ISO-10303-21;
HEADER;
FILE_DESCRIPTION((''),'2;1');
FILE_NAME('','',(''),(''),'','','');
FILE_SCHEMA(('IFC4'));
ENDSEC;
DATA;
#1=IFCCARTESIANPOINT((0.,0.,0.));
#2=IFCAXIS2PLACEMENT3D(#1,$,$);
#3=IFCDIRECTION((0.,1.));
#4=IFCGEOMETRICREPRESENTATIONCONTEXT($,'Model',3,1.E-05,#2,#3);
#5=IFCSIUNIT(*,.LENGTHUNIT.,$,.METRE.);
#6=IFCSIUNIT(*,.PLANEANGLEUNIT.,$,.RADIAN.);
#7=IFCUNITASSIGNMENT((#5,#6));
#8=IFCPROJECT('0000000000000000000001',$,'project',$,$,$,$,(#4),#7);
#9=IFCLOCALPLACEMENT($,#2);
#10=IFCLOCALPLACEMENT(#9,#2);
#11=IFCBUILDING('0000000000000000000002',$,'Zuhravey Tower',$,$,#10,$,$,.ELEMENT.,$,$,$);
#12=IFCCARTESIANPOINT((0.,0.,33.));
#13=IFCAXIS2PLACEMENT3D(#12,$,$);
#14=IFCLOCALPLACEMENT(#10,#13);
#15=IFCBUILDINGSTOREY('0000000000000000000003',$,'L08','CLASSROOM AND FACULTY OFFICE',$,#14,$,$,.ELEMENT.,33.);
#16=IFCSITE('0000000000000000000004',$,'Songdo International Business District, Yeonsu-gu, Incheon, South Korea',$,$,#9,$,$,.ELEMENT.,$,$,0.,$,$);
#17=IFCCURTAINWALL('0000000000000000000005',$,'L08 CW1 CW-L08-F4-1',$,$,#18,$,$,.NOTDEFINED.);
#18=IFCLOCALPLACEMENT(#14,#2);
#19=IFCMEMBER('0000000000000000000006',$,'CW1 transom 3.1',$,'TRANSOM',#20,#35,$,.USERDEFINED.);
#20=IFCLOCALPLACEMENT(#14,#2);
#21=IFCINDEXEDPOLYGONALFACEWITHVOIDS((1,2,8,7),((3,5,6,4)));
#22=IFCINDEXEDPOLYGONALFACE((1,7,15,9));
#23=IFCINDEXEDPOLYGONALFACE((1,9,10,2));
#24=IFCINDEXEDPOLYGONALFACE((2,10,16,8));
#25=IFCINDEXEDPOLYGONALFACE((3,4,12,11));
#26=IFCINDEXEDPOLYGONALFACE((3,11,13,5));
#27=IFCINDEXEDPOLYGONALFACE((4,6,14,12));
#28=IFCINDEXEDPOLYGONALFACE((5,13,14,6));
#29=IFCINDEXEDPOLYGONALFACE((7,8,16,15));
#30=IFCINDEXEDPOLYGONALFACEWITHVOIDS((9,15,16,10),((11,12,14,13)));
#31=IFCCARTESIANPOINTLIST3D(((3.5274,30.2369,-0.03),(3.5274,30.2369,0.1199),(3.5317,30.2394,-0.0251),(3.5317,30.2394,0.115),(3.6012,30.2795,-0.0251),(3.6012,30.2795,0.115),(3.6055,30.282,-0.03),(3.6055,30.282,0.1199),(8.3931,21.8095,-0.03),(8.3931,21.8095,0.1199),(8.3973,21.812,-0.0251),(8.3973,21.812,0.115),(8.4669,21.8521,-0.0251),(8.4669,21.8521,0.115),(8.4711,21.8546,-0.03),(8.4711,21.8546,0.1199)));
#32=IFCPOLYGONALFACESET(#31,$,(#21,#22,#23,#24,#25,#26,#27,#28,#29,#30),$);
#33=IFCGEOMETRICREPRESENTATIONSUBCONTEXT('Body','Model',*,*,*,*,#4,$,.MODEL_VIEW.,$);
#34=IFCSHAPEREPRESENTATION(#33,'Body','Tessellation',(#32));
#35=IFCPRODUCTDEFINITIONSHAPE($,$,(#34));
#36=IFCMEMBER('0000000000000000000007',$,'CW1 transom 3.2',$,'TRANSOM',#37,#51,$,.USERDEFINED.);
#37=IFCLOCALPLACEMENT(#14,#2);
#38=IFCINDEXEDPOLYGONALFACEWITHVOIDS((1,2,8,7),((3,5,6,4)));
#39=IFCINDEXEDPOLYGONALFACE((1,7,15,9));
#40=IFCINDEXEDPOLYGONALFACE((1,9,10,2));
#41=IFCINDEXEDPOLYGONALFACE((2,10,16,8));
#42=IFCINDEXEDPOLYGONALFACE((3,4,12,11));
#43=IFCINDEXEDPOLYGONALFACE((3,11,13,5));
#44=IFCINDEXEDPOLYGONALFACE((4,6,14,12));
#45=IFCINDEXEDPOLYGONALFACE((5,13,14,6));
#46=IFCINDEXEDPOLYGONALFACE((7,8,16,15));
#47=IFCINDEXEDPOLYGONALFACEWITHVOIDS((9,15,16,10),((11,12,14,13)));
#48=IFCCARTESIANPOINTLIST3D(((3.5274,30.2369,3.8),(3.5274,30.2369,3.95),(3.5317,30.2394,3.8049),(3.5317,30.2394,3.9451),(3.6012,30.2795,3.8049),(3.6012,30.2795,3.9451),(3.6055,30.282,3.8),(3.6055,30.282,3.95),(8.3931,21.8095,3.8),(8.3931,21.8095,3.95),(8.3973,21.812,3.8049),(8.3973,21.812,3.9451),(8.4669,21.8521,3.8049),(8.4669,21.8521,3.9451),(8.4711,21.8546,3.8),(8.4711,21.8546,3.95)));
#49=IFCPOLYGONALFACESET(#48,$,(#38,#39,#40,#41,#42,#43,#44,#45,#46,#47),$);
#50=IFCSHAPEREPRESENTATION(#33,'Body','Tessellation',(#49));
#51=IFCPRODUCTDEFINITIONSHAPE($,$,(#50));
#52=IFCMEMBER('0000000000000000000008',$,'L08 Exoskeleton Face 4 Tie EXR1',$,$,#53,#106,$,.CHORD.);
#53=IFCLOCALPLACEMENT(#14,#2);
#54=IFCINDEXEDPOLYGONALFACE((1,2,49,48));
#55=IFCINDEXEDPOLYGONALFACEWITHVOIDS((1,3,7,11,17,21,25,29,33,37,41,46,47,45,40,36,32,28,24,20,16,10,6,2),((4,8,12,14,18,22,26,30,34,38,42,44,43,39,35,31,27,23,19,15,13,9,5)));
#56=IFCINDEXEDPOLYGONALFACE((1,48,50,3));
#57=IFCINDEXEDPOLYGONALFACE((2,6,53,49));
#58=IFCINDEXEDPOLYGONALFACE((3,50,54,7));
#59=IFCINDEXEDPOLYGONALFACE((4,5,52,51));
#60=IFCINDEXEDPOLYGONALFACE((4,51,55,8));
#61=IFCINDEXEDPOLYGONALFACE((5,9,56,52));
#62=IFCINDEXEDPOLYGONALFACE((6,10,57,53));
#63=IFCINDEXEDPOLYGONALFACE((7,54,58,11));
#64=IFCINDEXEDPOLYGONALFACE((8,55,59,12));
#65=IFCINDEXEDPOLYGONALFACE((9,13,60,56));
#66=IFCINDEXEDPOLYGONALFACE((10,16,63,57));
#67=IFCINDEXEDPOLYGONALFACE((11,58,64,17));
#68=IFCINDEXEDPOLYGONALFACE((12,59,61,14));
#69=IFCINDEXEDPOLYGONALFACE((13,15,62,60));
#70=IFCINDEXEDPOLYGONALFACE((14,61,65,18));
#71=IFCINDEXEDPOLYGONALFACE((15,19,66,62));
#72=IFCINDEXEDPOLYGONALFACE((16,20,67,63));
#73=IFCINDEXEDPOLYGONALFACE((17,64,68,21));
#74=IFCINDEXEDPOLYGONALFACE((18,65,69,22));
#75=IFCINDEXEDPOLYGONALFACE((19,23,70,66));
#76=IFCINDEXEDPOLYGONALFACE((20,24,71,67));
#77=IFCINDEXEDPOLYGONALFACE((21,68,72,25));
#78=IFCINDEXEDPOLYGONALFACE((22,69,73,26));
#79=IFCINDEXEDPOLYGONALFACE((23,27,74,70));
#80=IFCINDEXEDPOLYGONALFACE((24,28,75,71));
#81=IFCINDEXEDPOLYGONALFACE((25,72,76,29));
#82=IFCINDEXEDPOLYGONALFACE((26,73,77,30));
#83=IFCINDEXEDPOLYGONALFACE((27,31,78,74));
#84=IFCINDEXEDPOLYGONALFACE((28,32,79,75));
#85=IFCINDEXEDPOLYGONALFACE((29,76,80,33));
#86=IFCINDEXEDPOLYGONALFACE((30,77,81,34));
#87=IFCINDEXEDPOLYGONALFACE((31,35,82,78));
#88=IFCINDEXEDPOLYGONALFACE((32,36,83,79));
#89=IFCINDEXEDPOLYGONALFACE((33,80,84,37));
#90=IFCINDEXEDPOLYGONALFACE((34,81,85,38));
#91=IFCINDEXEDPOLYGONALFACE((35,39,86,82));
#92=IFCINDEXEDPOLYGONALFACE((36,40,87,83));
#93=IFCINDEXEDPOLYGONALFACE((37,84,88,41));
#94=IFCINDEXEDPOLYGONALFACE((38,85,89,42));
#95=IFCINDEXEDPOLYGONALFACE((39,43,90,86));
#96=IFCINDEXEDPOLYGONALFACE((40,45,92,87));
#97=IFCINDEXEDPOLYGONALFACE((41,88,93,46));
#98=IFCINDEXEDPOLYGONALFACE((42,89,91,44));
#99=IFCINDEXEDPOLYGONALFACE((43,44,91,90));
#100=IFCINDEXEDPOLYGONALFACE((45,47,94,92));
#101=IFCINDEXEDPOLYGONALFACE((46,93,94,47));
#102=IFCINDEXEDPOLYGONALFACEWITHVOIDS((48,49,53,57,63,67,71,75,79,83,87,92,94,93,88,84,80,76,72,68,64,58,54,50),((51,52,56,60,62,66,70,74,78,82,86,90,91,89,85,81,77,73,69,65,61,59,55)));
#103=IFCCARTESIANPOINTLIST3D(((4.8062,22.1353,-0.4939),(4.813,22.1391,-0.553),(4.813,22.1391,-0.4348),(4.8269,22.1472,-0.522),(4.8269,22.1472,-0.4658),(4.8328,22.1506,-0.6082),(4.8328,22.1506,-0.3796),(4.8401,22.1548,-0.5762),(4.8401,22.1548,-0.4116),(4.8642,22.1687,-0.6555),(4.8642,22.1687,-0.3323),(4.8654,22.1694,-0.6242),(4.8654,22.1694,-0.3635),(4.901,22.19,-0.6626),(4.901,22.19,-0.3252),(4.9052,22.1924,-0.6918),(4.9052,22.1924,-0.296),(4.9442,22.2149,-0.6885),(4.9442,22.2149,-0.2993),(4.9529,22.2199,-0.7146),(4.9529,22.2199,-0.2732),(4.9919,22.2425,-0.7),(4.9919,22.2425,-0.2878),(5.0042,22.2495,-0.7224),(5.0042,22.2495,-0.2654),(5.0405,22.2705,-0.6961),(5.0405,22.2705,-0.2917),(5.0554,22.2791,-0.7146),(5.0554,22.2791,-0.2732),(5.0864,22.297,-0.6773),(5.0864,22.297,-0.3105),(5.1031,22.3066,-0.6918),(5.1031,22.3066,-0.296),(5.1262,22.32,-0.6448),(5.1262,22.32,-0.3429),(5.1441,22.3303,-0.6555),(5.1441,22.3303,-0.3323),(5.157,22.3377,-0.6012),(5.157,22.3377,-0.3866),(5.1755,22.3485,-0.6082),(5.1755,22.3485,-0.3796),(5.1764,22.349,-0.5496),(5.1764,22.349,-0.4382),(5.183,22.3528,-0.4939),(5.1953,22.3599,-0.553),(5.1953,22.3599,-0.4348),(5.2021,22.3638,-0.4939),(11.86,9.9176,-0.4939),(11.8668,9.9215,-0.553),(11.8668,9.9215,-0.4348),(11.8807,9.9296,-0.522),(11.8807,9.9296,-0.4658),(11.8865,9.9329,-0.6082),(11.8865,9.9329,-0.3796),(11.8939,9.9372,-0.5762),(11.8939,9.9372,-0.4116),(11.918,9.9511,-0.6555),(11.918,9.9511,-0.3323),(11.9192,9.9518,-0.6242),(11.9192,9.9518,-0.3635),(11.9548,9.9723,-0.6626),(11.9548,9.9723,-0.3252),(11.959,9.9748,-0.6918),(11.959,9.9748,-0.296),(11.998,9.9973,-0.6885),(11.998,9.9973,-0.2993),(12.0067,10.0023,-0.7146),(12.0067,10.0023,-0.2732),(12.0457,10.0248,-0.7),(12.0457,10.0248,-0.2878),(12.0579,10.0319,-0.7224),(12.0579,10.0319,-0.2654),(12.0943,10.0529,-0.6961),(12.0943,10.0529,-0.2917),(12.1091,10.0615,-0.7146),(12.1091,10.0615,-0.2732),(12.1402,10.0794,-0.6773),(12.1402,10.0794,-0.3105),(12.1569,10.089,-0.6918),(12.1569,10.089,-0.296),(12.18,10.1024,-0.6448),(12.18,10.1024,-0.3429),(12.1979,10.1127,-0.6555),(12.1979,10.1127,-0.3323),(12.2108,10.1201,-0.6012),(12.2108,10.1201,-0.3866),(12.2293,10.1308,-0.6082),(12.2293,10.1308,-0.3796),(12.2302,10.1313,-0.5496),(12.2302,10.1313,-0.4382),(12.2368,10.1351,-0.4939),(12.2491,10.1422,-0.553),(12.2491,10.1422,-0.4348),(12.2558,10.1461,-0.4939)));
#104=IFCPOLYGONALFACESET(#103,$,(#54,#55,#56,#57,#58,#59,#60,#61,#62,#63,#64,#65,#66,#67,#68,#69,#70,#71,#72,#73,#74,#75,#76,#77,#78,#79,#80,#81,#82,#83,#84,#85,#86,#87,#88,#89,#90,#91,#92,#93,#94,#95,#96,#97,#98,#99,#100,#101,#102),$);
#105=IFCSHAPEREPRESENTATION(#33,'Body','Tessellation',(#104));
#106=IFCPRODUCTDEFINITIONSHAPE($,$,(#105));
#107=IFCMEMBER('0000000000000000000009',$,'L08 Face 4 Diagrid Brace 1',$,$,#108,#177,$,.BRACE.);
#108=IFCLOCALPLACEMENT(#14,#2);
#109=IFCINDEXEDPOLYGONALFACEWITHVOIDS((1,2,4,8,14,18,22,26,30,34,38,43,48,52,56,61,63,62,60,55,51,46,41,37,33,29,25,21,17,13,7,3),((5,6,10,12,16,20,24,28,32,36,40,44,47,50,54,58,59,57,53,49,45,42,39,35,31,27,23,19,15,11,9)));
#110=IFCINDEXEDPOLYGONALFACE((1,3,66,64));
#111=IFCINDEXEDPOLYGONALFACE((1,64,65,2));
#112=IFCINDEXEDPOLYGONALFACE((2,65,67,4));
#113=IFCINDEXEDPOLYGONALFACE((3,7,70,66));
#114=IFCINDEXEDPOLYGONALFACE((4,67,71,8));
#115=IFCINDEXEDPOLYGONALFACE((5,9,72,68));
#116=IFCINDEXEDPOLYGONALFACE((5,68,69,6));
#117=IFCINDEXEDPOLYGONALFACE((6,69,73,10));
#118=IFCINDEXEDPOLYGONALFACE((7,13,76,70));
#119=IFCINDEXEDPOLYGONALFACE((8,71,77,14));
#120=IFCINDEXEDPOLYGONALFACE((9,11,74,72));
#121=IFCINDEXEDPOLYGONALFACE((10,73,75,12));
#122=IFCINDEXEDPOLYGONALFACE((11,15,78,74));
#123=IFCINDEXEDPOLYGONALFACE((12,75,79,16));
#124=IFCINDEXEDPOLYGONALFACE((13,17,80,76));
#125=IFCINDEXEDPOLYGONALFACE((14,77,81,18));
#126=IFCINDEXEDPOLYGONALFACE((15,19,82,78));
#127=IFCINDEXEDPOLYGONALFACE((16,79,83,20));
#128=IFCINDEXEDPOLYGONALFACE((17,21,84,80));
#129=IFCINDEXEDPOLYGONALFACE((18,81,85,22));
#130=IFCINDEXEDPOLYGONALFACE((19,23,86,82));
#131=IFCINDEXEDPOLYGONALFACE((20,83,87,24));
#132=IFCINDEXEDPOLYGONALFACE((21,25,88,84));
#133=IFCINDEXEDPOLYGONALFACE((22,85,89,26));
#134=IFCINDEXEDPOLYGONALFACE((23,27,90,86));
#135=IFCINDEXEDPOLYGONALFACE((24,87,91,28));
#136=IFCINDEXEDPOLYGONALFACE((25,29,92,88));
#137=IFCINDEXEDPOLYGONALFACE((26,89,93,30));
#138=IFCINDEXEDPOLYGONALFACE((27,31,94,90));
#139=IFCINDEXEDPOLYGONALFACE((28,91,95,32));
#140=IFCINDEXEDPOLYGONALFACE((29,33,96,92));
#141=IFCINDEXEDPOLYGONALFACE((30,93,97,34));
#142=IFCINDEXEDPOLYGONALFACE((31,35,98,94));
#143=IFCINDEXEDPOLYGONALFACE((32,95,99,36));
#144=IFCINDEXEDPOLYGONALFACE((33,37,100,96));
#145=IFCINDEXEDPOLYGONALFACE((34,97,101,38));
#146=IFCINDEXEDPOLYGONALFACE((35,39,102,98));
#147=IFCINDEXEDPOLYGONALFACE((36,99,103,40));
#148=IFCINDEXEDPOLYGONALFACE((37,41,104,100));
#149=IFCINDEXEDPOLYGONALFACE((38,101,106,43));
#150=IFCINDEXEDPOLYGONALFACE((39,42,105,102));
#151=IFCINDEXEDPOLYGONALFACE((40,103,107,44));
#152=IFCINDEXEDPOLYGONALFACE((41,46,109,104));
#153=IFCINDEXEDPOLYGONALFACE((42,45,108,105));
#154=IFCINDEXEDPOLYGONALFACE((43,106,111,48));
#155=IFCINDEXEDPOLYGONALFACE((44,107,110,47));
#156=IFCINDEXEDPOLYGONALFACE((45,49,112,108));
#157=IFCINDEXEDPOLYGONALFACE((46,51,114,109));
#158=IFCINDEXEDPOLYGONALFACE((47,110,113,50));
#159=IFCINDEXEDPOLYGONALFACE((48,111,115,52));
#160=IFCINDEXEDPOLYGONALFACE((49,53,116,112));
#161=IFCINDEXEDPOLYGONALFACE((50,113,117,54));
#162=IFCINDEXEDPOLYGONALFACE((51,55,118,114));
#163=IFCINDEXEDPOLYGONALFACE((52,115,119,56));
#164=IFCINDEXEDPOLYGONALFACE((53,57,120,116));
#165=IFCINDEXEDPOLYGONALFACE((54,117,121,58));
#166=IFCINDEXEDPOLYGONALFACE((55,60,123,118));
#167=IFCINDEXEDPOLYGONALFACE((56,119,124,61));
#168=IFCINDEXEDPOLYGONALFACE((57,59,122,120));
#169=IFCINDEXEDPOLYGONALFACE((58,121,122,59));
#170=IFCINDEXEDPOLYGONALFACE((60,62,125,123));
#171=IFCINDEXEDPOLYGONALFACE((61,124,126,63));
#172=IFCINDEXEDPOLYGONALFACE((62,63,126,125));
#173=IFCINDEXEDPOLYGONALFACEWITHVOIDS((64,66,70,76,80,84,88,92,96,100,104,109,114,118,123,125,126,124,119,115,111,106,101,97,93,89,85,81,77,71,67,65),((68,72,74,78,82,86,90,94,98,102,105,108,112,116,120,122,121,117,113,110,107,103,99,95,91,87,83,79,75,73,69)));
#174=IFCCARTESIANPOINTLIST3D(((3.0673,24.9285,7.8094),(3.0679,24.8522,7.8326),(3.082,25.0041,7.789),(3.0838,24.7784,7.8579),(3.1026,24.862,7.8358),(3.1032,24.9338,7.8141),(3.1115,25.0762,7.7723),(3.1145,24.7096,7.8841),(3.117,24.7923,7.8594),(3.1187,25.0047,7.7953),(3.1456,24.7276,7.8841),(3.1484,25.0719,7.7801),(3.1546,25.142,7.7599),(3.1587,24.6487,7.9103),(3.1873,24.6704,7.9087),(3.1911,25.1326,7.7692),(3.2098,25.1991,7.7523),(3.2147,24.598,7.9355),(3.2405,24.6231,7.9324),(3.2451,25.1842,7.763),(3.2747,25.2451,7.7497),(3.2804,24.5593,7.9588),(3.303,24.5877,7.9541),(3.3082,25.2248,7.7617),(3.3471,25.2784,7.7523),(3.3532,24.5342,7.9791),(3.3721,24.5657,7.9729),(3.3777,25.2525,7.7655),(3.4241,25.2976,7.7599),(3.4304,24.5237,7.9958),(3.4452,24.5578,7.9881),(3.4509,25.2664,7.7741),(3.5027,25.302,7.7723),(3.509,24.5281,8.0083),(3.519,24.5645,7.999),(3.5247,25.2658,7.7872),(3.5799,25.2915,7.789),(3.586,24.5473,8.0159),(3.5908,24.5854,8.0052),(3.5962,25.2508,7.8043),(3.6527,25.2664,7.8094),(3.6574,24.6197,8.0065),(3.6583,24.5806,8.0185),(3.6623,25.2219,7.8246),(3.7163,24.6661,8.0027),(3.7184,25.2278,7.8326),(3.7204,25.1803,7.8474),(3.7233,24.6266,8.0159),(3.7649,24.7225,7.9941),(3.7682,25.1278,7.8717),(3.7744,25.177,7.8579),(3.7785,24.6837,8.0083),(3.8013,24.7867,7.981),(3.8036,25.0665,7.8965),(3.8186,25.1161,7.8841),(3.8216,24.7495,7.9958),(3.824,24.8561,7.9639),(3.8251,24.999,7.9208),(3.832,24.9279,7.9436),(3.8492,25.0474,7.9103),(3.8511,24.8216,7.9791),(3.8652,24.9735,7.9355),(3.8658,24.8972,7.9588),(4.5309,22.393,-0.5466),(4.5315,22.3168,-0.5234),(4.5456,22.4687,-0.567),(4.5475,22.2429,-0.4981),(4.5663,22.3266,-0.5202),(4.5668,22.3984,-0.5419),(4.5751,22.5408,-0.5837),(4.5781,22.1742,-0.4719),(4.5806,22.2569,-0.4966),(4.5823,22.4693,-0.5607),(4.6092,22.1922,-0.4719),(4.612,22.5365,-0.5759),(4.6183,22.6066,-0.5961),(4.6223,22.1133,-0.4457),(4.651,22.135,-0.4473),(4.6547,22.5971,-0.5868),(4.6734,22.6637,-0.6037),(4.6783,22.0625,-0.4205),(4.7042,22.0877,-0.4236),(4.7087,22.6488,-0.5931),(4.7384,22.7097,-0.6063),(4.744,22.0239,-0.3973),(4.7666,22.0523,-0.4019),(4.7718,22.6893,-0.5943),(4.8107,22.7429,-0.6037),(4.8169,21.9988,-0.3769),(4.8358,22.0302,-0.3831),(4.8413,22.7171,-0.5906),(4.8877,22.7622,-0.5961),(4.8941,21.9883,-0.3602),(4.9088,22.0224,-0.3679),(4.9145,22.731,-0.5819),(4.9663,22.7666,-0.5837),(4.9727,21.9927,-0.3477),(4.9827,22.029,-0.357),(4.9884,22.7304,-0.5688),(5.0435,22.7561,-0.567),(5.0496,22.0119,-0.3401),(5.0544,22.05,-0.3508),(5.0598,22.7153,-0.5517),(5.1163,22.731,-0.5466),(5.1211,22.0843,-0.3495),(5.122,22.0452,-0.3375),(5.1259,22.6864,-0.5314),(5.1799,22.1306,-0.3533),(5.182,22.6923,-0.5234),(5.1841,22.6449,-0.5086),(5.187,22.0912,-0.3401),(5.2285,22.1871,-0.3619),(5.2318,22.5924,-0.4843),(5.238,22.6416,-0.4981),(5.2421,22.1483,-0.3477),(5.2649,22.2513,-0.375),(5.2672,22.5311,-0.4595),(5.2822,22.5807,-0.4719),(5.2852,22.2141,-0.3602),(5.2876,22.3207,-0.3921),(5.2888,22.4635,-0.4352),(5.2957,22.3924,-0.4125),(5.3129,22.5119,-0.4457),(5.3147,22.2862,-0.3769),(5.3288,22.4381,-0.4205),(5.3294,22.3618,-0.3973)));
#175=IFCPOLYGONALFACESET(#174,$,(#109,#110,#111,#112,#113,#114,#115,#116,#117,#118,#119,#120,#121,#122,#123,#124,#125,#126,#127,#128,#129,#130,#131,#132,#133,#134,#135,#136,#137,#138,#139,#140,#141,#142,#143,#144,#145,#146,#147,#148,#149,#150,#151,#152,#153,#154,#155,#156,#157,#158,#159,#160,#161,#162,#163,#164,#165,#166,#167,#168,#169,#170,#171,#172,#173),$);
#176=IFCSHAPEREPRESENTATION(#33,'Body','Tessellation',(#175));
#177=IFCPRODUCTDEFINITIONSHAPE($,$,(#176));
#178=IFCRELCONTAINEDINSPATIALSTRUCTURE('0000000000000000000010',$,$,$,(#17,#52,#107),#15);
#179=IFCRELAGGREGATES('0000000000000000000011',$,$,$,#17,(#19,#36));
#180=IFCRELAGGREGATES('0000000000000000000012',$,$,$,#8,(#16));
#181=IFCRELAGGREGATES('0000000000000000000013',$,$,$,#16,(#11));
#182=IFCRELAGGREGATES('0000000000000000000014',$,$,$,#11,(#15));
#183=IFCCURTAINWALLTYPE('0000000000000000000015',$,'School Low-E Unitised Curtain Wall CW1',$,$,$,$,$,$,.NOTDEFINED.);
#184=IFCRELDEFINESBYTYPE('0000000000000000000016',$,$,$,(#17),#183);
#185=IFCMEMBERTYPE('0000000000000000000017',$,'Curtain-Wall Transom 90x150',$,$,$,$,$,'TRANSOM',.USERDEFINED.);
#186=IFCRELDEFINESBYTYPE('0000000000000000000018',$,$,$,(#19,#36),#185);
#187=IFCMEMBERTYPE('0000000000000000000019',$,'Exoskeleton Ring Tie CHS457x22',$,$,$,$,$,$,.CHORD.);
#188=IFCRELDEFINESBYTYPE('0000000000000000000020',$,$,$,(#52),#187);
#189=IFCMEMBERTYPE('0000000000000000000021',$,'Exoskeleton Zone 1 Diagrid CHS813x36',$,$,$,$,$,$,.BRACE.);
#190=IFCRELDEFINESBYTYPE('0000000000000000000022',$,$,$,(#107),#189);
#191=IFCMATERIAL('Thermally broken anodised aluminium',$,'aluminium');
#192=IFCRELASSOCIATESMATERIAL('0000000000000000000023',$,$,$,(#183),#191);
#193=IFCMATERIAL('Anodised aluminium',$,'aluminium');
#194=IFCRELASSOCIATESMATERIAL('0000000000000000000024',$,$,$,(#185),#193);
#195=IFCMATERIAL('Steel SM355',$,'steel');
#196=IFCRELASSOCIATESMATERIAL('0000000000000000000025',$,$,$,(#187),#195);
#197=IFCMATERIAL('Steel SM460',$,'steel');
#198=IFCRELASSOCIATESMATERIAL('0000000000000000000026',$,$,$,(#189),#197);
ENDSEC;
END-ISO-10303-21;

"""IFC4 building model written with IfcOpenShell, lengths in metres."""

from ifc_helpers import new_model, si_unit, direction, frame, origin, origin_2d, place, context, subcontext, project, spatial, hollow_rectangle, hollow_circle, extrude, material, material_profile, profile_set, type_object, element, aggregate, save


model = new_model("IFC4")

# Units and contexts
model_context = context("Model", 3, precision=1e-05, world=origin(), true_north=direction((0.0, 1.0)))
body_context = subcontext(model_context, "Body", "Model", "MODEL_VIEW")
ifc_project = project(units=[si_unit("LENGTHUNIT", "METRE"), si_unit("PLANEANGLEUNIT", "RADIAN")], contexts=[model_context])

# Site, building, storey
site_placement = place(None, origin())
site = spatial("IfcSite", under=ifc_project, at=site_placement, Name="Songdo International Business District, Yeonsu-gu, Incheon, South Korea", CompositionType="ELEMENT", RefElevation=0.0)
building_placement = place(site_placement, origin())
building = spatial("IfcBuilding", under=site, at=building_placement, Name="Zuhravey Tower", CompositionType="ELEMENT")
storey_placement = place(building_placement, frame((0.0, 0.0, 33.0)))
storey = spatial("IfcBuildingStorey", under=building, at=storey_placement, Name="L08", Description="CLASSROOM AND FACULTY OFFICE", CompositionType="ELEMENT", Elevation=33.0)

# Shared definitions
ifc_material_1 = material(Name="Thermally broken anodised aluminium", Category="aluminium")
curtain_wall_type = type_object("IfcCurtainWallType", Name="School Low-E Unitised Curtain Wall CW1", PredefinedType="NOTDEFINED", material=ifc_material_1)
ifc_material_2 = material(Name="Anodised aluminium", Category="aluminium")

# Curtain wall, members
curtain_wall_1_placement = place(storey_placement, origin())
curtain_wall_1 = element("IfcCurtainWall", 1, at=curtain_wall_1_placement, inside=storey, type_object=curtain_wall_type, Name="L08 CW1 CW-L08-F4-1", PredefinedType="NOTDEFINED")
ifc_material_profile_1 = material_profile(ifc_material_2, hollow_rectangle(XDim=0.0901, YDim=0.1499, WallThickness=0.0049, at=origin_2d()), Name="ALU-RHS-90x150x5")
ifc_profile_set_1 = profile_set([ifc_material_profile_1], Name="Anodised aluminium")
member_type_1 = type_object("IfcMemberType", Name="Curtain-Wall Transom 90x150", ElementType="TRANSOM", PredefinedType="USERDEFINED", material=ifc_profile_set_1)
member_1_placement = place(storey_placement, frame((8.4321, 21.832, 0.0449), z_axis=(-0.500008, 0.866021, 0.0), x_axis=(-0.866021, -0.500008, 0.0)))
member_1 = element("IfcMember", 2, at=member_1_placement, type_object=member_type_1, Name="CW1 transom 3.1", ObjectType="TRANSOM", PredefinedType="USERDEFINED", context=body_context, shape_type="SweptSolid", body=[
    extrude(hollow_rectangle(XDim=0.0901, YDim=0.1499, WallThickness=0.0049, at=origin_2d()), origin(), (0.0, 0.0, 1.0), 9.7312),
])
member_2_placement = place(storey_placement, frame((8.4321, 21.832, 3.875), z_axis=(-0.500008, 0.866021, 0.0), x_axis=(-0.866021, -0.500008, 0.0)))
member_2 = element("IfcMember", 3, at=member_2_placement, type_object=member_type_1, Name="CW1 transom 3.2", ObjectType="TRANSOM", PredefinedType="USERDEFINED", context=body_context, shape_type="SweptSolid", body=[
    extrude(hollow_rectangle(XDim=0.0901, YDim=0.1499, WallThickness=0.0049, at=origin_2d()), origin(), (0.0, 0.0, 1.0), 9.7312),
])

# Members
ifc_material_3 = material(Name="Steel SM355", Category="steel")
ifc_material_profile_2 = material_profile(ifc_material_3, hollow_circle(Radius=0.2285, WallThickness=0.022, at=origin_2d()), Name="CHS-457.2x22")
ifc_profile_set_2 = profile_set([ifc_material_profile_2], Name="Steel SM355")
member_type_2 = type_object("IfcMemberType", Name="Exoskeleton Ring Tie CHS457x22", PredefinedType="CHORD", material=ifc_profile_set_2)
member_3_placement = place(storey_placement, frame((5.0042, 22.2495, -0.4939), z_axis=(0.499996, -0.866028, 0.0), x_axis=(0.866028, 0.499996, 0.0)))
element("IfcMember", 4, at=member_3_placement, inside=storey, type_object=member_type_2, Name="L08 Exoskeleton Face 4 Tie EXR1", PredefinedType="CHORD", context=body_context, shape_type="SweptSolid", body=[
    extrude(hollow_circle(Radius=0.2285, WallThickness=0.022, at=origin_2d()), origin(), (0.0, 0.0, 1.0), 14.1077),
])
ifc_material_4 = material(Name="Steel SM460", Category="steel")
ifc_material_profile_3 = material_profile(ifc_material_4, hollow_circle(Radius=0.4065, WallThickness=0.0359, at=origin_2d()), Name="CHS-812.8x36")
ifc_profile_set_3 = profile_set([ifc_material_profile_3], Name="Steel SM460")
member_type_3 = type_object("IfcMemberType", Name="Exoskeleton Zone 1 Diagrid CHS813x36", PredefinedType="BRACE", material=ifc_profile_set_3)
member_4_placement = place(storey_placement, frame((4.9302, 22.3774, -0.4719), z_axis=(-0.165307, 0.286358, 0.943755), x_axis=(-0.866054, -0.499951, 0.0)))
element("IfcMember", 5, at=member_4_placement, inside=storey, type_object=member_type_3, Name="L08 Face 4 Diagrid Brace 1", PredefinedType="BRACE", context=body_context, shape_type="SweptSolid", body=[
    extrude(hollow_circle(Radius=0.4065, WallThickness=0.0359, at=origin_2d()), origin(), (0.0, 0.0, 1.0), 8.854),
])

aggregate(curtain_wall_1, [member_1, member_2])

save(model, "model.ifc")
